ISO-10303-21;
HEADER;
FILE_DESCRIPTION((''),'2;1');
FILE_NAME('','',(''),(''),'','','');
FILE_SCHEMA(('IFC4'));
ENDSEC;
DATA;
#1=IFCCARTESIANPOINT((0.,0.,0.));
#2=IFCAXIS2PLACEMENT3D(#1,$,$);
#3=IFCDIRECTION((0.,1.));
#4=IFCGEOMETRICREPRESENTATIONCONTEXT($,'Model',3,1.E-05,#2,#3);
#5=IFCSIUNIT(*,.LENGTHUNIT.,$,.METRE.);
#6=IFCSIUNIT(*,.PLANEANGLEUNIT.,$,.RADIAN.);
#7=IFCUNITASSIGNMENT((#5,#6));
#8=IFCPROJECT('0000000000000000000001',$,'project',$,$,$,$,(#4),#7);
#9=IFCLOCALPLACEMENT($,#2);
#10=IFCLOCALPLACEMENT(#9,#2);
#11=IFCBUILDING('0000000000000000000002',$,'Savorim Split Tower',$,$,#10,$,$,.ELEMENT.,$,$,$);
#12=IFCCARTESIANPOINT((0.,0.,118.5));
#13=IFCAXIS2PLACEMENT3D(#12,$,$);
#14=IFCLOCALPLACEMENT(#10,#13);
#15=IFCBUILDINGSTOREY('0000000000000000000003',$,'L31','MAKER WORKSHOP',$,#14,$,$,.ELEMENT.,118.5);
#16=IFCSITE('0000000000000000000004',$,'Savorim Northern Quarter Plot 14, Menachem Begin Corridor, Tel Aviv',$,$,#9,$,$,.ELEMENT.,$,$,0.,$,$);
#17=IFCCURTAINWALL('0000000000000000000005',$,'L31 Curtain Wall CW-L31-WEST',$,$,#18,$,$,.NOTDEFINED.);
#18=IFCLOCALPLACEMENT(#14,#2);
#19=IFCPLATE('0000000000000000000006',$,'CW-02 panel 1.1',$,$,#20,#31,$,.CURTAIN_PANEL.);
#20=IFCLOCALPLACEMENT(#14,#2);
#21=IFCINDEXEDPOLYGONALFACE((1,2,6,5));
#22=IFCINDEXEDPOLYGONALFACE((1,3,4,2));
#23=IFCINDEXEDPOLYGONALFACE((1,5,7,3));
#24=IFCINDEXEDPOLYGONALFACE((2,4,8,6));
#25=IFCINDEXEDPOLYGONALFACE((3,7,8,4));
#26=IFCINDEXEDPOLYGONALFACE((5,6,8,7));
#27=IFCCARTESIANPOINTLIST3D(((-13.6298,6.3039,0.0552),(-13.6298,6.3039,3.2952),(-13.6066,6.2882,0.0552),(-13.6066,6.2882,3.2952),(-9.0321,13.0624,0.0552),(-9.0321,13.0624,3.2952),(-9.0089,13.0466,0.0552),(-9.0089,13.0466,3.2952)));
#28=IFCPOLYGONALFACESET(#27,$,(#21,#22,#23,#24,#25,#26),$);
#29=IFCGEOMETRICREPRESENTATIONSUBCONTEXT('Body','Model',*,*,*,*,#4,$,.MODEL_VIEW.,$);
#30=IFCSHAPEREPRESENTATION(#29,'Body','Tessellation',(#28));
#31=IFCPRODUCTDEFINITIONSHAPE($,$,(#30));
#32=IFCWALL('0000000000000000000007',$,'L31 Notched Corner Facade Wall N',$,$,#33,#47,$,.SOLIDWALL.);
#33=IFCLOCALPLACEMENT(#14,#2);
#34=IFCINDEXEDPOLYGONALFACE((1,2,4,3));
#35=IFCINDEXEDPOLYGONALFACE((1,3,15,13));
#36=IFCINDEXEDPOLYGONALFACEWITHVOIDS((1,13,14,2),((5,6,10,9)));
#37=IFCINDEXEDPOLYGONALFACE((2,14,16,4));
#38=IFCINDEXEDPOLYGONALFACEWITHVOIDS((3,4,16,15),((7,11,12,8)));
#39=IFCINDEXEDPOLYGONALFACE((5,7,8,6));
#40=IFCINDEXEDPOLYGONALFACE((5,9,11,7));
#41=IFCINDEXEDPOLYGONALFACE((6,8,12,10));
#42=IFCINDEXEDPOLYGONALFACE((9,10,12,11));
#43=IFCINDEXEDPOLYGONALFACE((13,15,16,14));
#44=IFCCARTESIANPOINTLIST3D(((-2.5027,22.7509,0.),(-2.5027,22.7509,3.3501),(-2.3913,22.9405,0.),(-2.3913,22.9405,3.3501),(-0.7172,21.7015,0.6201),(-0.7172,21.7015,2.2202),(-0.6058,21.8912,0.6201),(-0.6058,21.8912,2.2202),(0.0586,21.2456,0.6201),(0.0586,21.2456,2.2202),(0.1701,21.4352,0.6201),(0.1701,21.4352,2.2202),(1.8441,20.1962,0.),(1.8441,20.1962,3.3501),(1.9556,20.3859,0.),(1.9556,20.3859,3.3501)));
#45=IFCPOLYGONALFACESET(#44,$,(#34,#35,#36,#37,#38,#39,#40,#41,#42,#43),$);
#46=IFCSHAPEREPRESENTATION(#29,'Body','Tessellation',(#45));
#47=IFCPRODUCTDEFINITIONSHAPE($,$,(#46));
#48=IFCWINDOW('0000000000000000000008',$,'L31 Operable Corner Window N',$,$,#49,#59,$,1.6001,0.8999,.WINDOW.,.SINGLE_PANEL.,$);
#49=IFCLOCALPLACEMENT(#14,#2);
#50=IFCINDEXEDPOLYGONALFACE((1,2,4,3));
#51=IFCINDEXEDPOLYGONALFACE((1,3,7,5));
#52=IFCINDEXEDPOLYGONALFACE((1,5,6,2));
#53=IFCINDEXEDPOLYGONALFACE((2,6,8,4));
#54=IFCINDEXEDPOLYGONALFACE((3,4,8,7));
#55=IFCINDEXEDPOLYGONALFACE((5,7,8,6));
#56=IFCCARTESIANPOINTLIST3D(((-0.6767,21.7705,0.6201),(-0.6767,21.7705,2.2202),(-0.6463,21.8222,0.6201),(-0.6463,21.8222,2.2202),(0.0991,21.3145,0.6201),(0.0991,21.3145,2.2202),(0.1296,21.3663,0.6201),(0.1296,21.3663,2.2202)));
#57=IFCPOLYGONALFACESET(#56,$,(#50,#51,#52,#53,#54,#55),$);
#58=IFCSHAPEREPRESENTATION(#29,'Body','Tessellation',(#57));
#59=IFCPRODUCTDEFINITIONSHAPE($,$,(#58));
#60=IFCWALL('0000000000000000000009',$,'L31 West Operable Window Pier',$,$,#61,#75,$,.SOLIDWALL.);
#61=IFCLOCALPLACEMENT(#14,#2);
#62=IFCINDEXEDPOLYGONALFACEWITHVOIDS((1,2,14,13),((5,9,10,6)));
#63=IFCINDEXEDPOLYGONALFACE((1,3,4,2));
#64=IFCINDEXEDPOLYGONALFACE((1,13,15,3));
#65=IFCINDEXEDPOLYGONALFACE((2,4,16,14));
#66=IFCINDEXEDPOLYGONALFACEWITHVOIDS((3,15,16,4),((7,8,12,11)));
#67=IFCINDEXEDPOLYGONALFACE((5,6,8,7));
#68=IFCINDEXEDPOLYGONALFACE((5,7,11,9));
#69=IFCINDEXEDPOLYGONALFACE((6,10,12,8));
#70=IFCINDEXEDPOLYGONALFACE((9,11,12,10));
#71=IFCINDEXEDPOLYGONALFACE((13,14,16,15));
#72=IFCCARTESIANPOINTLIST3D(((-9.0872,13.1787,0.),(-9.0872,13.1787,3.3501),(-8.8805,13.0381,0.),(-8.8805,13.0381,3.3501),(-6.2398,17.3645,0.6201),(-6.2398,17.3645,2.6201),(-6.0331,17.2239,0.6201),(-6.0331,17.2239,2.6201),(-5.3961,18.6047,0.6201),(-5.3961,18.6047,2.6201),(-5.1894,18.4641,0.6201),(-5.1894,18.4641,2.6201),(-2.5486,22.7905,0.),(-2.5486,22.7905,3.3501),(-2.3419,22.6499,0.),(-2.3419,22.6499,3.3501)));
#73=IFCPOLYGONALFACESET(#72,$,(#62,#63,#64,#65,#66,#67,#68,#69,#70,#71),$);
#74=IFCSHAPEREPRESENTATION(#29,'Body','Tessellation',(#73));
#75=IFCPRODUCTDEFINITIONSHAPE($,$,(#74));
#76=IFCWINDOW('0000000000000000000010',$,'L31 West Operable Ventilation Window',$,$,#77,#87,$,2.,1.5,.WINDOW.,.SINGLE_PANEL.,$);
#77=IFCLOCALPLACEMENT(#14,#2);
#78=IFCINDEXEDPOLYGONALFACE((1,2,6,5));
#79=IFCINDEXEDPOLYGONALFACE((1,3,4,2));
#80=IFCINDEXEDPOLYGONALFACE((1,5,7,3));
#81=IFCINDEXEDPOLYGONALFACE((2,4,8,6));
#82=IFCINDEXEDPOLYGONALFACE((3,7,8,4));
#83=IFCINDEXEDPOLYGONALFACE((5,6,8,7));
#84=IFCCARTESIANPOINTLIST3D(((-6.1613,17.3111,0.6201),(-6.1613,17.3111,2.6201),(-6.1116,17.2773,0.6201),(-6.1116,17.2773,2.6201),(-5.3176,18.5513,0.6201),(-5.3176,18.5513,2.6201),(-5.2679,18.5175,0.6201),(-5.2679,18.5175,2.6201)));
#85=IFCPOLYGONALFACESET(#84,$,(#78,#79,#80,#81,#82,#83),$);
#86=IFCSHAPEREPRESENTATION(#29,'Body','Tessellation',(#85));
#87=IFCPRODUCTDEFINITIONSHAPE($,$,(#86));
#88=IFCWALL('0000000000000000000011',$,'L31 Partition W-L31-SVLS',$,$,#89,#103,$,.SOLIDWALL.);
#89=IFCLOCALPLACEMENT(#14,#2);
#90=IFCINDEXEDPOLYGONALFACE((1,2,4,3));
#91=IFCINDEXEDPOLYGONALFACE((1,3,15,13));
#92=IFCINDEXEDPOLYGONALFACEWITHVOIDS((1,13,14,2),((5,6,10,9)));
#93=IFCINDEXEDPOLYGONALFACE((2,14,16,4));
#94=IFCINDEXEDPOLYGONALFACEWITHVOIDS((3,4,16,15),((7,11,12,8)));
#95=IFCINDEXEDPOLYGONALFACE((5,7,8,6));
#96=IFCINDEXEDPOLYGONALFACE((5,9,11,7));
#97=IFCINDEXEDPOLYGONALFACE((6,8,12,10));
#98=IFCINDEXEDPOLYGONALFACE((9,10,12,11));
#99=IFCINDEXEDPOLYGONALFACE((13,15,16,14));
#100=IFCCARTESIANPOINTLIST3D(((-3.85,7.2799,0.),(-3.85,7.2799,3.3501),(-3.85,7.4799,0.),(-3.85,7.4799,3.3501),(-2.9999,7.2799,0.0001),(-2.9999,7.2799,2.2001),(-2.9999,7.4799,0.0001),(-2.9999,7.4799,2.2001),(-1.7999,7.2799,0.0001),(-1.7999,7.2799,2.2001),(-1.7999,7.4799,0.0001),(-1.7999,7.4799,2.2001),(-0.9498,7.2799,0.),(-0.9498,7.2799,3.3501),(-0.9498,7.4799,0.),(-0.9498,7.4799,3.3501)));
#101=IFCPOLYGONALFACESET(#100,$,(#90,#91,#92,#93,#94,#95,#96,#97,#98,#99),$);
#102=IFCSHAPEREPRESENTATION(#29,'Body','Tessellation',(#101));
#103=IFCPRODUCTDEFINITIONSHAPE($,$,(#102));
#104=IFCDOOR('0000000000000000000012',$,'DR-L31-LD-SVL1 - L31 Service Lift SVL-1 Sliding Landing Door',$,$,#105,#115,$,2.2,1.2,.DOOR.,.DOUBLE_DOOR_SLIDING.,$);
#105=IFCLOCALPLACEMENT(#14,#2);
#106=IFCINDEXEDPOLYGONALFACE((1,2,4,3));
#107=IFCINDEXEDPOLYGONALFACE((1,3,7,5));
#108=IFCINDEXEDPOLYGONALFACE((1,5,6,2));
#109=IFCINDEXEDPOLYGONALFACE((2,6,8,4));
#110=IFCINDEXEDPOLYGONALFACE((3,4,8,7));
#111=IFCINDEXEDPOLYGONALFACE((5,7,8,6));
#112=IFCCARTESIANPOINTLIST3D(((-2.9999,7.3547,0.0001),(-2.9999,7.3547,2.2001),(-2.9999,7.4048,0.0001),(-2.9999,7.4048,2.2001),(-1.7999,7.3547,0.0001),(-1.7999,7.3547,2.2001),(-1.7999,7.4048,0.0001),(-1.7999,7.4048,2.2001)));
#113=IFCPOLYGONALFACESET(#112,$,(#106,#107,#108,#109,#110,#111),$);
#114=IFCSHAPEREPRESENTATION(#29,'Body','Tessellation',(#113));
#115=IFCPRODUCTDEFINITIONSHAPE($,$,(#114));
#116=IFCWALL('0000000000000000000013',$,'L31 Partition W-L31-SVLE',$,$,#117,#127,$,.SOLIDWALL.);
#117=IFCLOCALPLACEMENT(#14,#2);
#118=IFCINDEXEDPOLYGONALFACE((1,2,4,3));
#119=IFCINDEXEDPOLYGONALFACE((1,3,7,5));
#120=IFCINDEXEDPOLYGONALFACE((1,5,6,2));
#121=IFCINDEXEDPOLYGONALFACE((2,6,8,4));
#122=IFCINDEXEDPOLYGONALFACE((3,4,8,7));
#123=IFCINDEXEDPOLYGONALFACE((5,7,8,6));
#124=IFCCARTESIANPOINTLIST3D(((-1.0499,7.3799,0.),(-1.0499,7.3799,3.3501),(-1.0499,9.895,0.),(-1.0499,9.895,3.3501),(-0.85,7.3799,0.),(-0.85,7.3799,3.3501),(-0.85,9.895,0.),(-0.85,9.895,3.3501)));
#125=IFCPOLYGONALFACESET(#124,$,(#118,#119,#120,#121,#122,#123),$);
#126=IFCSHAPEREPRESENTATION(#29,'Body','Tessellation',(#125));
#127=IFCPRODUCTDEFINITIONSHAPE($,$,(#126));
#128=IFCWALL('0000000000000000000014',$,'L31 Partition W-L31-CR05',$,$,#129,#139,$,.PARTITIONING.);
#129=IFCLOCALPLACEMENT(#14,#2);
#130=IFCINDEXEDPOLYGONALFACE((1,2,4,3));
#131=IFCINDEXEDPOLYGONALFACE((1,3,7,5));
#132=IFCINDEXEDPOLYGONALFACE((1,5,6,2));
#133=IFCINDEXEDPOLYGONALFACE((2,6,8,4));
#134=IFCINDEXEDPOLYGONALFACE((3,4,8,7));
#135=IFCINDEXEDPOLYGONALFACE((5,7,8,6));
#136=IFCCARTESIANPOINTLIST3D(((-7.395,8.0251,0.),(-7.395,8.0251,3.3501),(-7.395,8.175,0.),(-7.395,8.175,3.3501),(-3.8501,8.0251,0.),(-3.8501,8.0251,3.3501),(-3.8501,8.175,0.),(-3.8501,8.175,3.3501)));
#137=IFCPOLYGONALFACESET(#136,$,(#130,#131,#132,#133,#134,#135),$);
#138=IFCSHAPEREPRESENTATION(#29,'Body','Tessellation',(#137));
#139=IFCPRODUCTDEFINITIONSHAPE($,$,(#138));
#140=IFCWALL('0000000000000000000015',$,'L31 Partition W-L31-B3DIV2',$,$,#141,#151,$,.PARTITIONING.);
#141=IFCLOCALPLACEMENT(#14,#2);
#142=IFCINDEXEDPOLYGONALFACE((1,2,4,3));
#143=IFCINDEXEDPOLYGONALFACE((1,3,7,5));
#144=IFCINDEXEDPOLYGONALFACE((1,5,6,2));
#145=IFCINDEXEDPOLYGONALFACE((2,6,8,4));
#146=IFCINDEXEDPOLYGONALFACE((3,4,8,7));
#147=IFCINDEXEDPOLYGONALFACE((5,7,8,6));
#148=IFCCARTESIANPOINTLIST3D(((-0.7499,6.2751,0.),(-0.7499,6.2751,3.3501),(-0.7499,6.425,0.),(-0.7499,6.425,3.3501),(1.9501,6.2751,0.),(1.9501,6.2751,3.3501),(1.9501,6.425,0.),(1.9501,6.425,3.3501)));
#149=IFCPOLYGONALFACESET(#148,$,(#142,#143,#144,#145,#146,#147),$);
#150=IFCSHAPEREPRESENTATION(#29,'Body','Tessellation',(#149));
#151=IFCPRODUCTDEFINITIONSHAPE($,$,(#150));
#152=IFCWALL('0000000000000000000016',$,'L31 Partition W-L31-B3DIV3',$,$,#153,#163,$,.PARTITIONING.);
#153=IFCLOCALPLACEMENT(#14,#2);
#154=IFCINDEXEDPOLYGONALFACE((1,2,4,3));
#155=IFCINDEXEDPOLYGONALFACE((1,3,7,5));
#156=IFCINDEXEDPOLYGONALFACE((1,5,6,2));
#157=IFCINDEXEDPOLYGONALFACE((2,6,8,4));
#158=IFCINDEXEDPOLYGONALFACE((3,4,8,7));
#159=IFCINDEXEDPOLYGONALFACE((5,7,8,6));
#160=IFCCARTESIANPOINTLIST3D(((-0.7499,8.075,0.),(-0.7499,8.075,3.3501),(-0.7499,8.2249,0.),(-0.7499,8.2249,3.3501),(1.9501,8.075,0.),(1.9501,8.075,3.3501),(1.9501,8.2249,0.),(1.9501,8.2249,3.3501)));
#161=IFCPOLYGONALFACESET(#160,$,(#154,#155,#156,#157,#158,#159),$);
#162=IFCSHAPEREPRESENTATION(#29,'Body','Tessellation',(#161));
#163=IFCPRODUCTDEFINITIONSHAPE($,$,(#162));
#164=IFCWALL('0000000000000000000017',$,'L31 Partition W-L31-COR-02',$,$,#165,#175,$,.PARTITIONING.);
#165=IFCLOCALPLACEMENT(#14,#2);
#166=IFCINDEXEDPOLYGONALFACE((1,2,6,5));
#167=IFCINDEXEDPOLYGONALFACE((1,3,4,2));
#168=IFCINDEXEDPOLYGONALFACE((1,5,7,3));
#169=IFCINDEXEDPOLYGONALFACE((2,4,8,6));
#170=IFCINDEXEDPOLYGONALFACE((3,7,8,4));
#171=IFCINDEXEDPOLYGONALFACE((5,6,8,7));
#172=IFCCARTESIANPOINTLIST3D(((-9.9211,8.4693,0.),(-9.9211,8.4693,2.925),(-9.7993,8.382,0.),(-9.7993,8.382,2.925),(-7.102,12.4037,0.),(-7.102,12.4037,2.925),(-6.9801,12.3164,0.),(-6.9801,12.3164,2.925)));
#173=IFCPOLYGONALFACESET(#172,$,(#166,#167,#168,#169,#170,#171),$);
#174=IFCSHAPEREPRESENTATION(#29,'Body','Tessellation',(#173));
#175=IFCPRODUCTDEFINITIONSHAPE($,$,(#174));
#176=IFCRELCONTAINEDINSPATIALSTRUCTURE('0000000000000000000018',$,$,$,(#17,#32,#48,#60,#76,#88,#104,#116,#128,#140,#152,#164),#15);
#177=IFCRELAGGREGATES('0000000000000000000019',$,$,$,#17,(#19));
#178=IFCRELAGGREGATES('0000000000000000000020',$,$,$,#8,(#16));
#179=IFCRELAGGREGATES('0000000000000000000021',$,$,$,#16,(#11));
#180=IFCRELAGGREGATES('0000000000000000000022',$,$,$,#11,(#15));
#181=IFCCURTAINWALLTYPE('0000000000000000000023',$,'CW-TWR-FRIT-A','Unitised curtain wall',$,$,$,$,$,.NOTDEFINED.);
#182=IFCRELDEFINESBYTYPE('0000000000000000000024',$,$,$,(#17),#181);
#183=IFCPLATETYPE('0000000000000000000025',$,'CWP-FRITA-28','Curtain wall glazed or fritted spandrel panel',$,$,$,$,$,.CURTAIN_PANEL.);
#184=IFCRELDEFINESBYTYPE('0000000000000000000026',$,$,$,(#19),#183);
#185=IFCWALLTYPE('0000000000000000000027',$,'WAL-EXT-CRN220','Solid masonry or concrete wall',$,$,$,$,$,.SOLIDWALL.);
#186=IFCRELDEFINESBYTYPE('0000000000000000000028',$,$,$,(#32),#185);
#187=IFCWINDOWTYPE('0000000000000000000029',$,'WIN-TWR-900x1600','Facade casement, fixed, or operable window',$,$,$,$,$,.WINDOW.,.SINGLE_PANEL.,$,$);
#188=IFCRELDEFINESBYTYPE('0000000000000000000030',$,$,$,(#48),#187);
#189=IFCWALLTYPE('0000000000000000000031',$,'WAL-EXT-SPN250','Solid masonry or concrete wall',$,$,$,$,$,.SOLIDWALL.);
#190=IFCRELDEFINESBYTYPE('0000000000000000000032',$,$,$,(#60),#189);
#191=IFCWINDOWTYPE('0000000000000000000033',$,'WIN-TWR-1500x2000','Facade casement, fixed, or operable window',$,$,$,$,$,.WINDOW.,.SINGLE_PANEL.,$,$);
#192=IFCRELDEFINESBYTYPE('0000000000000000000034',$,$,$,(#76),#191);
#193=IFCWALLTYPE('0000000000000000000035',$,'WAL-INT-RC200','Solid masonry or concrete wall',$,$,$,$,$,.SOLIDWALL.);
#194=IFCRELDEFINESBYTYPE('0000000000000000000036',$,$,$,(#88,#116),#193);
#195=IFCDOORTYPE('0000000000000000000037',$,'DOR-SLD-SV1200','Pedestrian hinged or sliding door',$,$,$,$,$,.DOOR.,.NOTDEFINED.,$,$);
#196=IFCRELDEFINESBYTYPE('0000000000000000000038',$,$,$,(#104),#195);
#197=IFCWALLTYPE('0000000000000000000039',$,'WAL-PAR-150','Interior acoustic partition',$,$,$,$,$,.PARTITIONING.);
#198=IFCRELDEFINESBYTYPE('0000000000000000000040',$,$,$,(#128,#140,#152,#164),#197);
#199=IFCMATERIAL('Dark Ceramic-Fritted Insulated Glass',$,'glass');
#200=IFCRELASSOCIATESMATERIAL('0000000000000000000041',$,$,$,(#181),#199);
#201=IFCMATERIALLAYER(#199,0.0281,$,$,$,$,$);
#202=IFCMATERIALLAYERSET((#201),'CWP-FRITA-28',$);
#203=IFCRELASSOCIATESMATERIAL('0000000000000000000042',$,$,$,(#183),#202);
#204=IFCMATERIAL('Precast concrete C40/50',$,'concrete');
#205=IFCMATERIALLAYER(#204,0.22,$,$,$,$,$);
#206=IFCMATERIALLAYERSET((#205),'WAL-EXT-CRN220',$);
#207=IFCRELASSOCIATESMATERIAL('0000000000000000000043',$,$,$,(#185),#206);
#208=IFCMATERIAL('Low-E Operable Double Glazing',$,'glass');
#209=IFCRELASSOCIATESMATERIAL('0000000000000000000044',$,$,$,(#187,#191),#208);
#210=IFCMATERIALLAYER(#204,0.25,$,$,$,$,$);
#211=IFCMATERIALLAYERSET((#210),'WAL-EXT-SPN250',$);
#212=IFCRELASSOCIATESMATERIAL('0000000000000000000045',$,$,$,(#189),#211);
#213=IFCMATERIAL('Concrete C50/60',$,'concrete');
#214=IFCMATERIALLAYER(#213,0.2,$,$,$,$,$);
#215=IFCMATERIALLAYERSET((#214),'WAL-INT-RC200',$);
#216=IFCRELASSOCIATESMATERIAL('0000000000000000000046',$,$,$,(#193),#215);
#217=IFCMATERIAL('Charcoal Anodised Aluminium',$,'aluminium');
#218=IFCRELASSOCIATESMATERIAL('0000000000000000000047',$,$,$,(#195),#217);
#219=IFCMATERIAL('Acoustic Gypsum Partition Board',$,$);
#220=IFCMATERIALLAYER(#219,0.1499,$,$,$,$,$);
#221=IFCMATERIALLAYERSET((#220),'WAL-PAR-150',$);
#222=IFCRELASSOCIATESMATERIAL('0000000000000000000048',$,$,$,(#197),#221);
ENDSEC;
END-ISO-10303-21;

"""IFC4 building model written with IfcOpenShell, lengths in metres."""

from ifc_helpers import new_model, si_unit, direction, frame, frame_2d, origin, origin_2d, place, context, subcontext, project, spatial, rectangle, extrude, material, layer, layer_set, type_object, element, fill, aggregate, save


model = new_model("IFC4")

# Units and contexts
model_context = context("Model", 3, precision=1e-05, world=origin(), true_north=direction((0.0, 1.0)))
body_context = subcontext(model_context, "Body", "Model", "MODEL_VIEW")
ifc_project = project(units=[si_unit("LENGTHUNIT", "METRE"), si_unit("PLANEANGLEUNIT", "RADIAN")], contexts=[model_context])

# Site, building, storey
site_placement = place(None, origin())
site = spatial("IfcSite", under=ifc_project, at=site_placement, Name="Savorim Northern Quarter Plot 14, Menachem Begin Corridor, Tel Aviv", CompositionType="ELEMENT", RefElevation=0.0)
building_placement = place(site_placement, origin())
building = spatial("IfcBuilding", under=site, at=building_placement, Name="Savorim Split Tower", CompositionType="ELEMENT")
storey_placement = place(building_placement, frame((0.0, 0.0, 118.5)))
storey = spatial("IfcBuildingStorey", under=building, at=storey_placement, Name="L31", Description="MAKER WORKSHOP", CompositionType="ELEMENT", Elevation=118.5)

# Curtain wall, plate
ifc_material_1 = material(Name="Dark Ceramic-Fritted Insulated Glass", Category="glass")
curtain_wall_type = type_object("IfcCurtainWallType", Name="CW-TWR-FRIT-A", Description="Unitised curtain wall", PredefinedType="NOTDEFINED", material=ifc_material_1)
curtain_wall_placement = place(storey_placement, origin())
curtain_wall = element("IfcCurtainWall", 1, at=curtain_wall_placement, inside=storey, type_object=curtain_wall_type, Name="L31 Curtain Wall CW-L31-WEST", PredefinedType="NOTDEFINED")
ifc_material_2 = material(Name="Charcoal Anodised Aluminium", Category="aluminium")
ifc_layer_1 = layer(ifc_material_1, 0.0281)
ifc_layer_set_1 = layer_set([ifc_layer_1], Name="CWP-FRITA-28")
plate_type = type_object("IfcPlateType", Name="CWP-FRITA-28", Description="Curtain wall glazed or fritted spandrel panel", PredefinedType="CURTAIN_PANEL", material=ifc_layer_set_1)
plate_placement = place(storey_placement, frame((-11.3193, 9.6753, 0.0552), z_axis=(0.0, 0.0, 1.0), x_axis=(-0.562467, -0.82682, 0.0)))
plate = element("IfcPlate", 2, at=plate_placement, type_object=plate_type, Name="CW-02 panel 1.1", PredefinedType="CURTAIN_PANEL", context=body_context, shape_type="SweptSolid", body=[
    extrude(rectangle(XDim=8.1741, YDim=0.0281, at=origin_2d()), origin(), (0.0, 0.0, 1.0), 3.24),
])
aggregate(curtain_wall, [plate])

# Walls, openings, windows
ifc_material_3 = material(Name="Precast concrete C40/50", Category="concrete")
ifc_layer_2 = layer(ifc_material_3, 0.22)
ifc_layer_set_2 = layer_set([ifc_layer_2], Name="WAL-EXT-CRN220")
wall_type_1 = type_object("IfcWallType", Name="WAL-EXT-CRN220", Description="Solid masonry or concrete wall", PredefinedType="SOLIDWALL", material=ifc_layer_set_2)
wall_1_placement = place(storey_placement, frame((-2.447, 22.8457, 0.0), z_axis=(0.0, 0.0, 1.0), x_axis=(0.862136, -0.506677, 0.0)))
wall_1 = element("IfcWall", 3, at=wall_1_placement, inside=storey, type_object=wall_type_1, Name="L31 Notched Corner Facade Wall N", PredefinedType="SOLIDWALL", context=body_context, shape_type="SweptSolid", body=[
    extrude(rectangle(XDim=5.042, YDim=0.22, at=frame_2d((2.521, 0.0))), origin(), (0.0, 0.0, 1.0), 3.3501),
])
opening_1_placement = place(wall_1_placement, frame((2.071, 0.0, 0.6201)))
opening_1 = element("IfcOpeningElement", 4, at=opening_1_placement, cuts=wall_1, PredefinedType="OPENING", context=body_context, shape_type="SweptSolid", body=[
    extrude(rectangle(XDim=0.8999, YDim=1.6001, at=frame_2d((0.45, 0.8))), frame((0.0, 0.1199, 0.0), z_axis=(0.0, -1.0, 0.0), x_axis=(1.0, 0.0, 0.0)), (0.0, 0.0, 1.0), 0.24),
])
ifc_material_4 = material(Name="Low-E Operable Double Glazing", Category="glass")
window_type_1 = type_object("IfcWindowType", Name="WIN-TWR-900x1600", Description="Facade casement, fixed, or operable window", PartitioningType="SINGLE_PANEL", PredefinedType="WINDOW", material=ifc_material_4)
window_1_placement = place(opening_1_placement, origin())
window_1 = element("IfcWindow", 5, at=window_1_placement, inside=storey, type_object=window_type_1, Name="L31 Operable Corner Window N", OverallHeight=1.6001, OverallWidth=0.8999, PartitioningType="SINGLE_PANEL", PredefinedType="WINDOW", context=body_context, shape_type="SweptSolid", body=[
    extrude(rectangle(XDim=0.8999, YDim=1.6001, at=frame_2d((0.45, 0.8))), frame((0.0, 0.03, 0.0), z_axis=(0.0, -1.0, 0.0), x_axis=(1.0, 0.0, 0.0)), (0.0, 0.0, 1.0), 0.0601),
])
fill(opening_1, window_1)
ifc_layer_3 = layer(ifc_material_3, 0.25)
ifc_layer_set_3 = layer_set([ifc_layer_3], Name="WAL-EXT-SPN250")
wall_type_2 = type_object("IfcWallType", Name="WAL-EXT-SPN250", Description="Solid masonry or concrete wall", PredefinedType="SOLIDWALL", material=ifc_layer_set_3)
wall_2_placement = place(storey_placement, frame((-8.9839, 13.1084, 0.0), z_axis=(0.0, 0.0, 1.0), x_axis=(0.562459, 0.826825, 0.0)))
wall_2 = element("IfcWall", 6, at=wall_2_placement, inside=storey, type_object=wall_type_2, Name="L31 West Operable Window Pier", PredefinedType="SOLIDWALL", context=body_context, shape_type="SweptSolid", body=[
    extrude(rectangle(XDim=11.625, YDim=0.25, at=frame_2d((5.8125, 0.0))), origin(), (0.0, 0.0, 1.0), 3.3501),
])
opening_2_placement = place(wall_2_placement, frame((5.0625, 0.0, 0.6201)))
opening_2 = element("IfcOpeningElement", 7, at=opening_2_placement, cuts=wall_2, PredefinedType="OPENING", context=body_context, shape_type="SweptSolid", body=[
    extrude(rectangle(XDim=1.5, YDim=2.0, at=frame_2d((0.75, 1.0))), frame((0.0, 0.135, 0.0), z_axis=(0.0, -1.0, 0.0), x_axis=(1.0, 0.0, 0.0)), (0.0, 0.0, 1.0), 0.27),
])
window_type_2 = type_object("IfcWindowType", Name="WIN-TWR-1500x2000", Description="Facade casement, fixed, or operable window", PartitioningType="SINGLE_PANEL", PredefinedType="WINDOW", material=ifc_material_4)
window_2_placement = place(opening_2_placement, origin())
window_2 = element("IfcWindow", 8, at=window_2_placement, inside=storey, type_object=window_type_2, Name="L31 West Operable Ventilation Window", OverallHeight=2.0, OverallWidth=1.5, PartitioningType="SINGLE_PANEL", PredefinedType="WINDOW", context=body_context, shape_type="SweptSolid", body=[
    extrude(rectangle(XDim=1.5, YDim=2.0, at=frame_2d((0.75, 1.0))), frame((0.0, 0.03, 0.0), z_axis=(0.0, -1.0, 0.0), x_axis=(1.0, 0.0, 0.0)), (0.0, 0.0, 1.0), 0.0601),
])
fill(opening_2, window_2)

# Wall, opening, door
ifc_material_5 = material(Name="Concrete C50/60", Category="concrete")
ifc_layer_4 = layer(ifc_material_5, 0.2)
ifc_layer_set_4 = layer_set([ifc_layer_4], Name="WAL-INT-RC200")
wall_type_3 = type_object("IfcWallType", Name="WAL-INT-RC200", Description="Solid masonry or concrete wall", PredefinedType="SOLIDWALL", material=ifc_layer_set_4)
wall_3_placement = place(storey_placement, frame((-3.8501, 7.3799, 0.0), z_axis=(0.0, 0.0, 1.0), x_axis=(1.0, 0.0, 0.0)))
wall_3 = element("IfcWall", 9, at=wall_3_placement, inside=storey, type_object=wall_type_3, Name="L31 Partition W-L31-SVLS", PredefinedType="SOLIDWALL", context=body_context, shape_type="SweptSolid", body=[
    extrude(rectangle(XDim=2.9001, YDim=0.2, at=frame_2d((1.4502, 0.0))), origin(), (0.0, 0.0, 1.0), 3.3501),
])
opening_3_placement = place(wall_3_placement, frame((0.8501, 0.0, 0.0)))
opening_3 = element("IfcOpeningElement", 10, at=opening_3_placement, cuts=wall_3, PredefinedType="OPENING", context=body_context, shape_type="SweptSolid", body=[
    extrude(rectangle(XDim=1.2, YDim=2.2, at=frame_2d((0.6001, 1.1001))), frame((0.0, 0.1099, 0.0), z_axis=(0.0, -1.0, 0.0), x_axis=(1.0, 0.0, 0.0)), (0.0, 0.0, 1.0), 0.22),
])
door_type_1 = type_object("IfcDoorType", Name="DOR-SLD-SV1200", Description="Pedestrian hinged or sliding door", OperationType="NOTDEFINED", PredefinedType="DOOR", material=ifc_material_2)
door_1_placement = place(opening_3_placement, origin())
door_1 = element("IfcDoor", 11, at=door_1_placement, inside=storey, type_object=door_type_1, Name="DR-L31-LD-SVL1 - L31 Service Lift SVL-1 Sliding Landing Door", OperationType="DOUBLE_DOOR_SLIDING", OverallHeight=2.2, OverallWidth=1.2, PredefinedType="DOOR", context=body_context, shape_type="SweptSolid", body=[
    extrude(rectangle(XDim=1.2, YDim=2.2, at=frame_2d((0.6001, 1.1001))), frame((0.0, 0.0249, 0.0), z_axis=(0.0, -1.0, 0.0), x_axis=(1.0, 0.0, 0.0)), (0.0, 0.0, 1.0), 0.05),
])
fill(opening_3, door_1)

# Walls
wall_4_placement = place(storey_placement, frame((-0.95, 7.3799, 0.0), z_axis=(0.0, 0.0, 1.0), x_axis=(0.0, 1.0, 0.0)))
element("IfcWall", 12, at=wall_4_placement, inside=storey, type_object=wall_type_3, Name="L31 Partition W-L31-SVLE", PredefinedType="SOLIDWALL", context=body_context, shape_type="SweptSolid", body=[
    extrude(rectangle(XDim=2.5151, YDim=0.2, at=frame_2d((1.2576, 0.0))), origin(), (0.0, 0.0, 1.0), 3.3501),
])
ifc_material_6 = material(Name="Acoustic Gypsum Partition Board")
ifc_layer_5 = layer(ifc_material_6, 0.1499)
ifc_layer_set_5 = layer_set([ifc_layer_5], Name="WAL-PAR-150")
wall_type_4 = type_object("IfcWallType", Name="WAL-PAR-150", Description="Interior acoustic partition", PredefinedType="PARTITIONING", material=ifc_layer_set_5)
wall_5_placement = place(storey_placement, frame((-7.395, 8.1001, 0.0), z_axis=(0.0, 0.0, 1.0), x_axis=(1.0, 0.0, 0.0)))
element("IfcWall", 13, at=wall_5_placement, inside=storey, type_object=wall_type_4, Name="L31 Partition W-L31-CR05", PredefinedType="PARTITIONING", context=body_context, shape_type="SweptSolid", body=[
    extrude(rectangle(XDim=3.5449, YDim=0.1499, at=frame_2d((1.7725, 0.0))), origin(), (0.0, 0.0, 1.0), 3.3501),
])
for number, where, z_axis, x_axis, name in (
    (14, (-0.75, 6.3501, 0.0), (0.0, 0.0, 1.0), (1.0, 0.0, 0.0), "L31 Partition W-L31-B3DIV2"),
    (15, (-0.75, 8.1499, 0.0), (0.0, 0.0, 1.0), (1.0, 0.0, 0.0), "L31 Partition W-L31-B3DIV3"),
):
    element("IfcWall", number, at=place(storey_placement, frame(where, z_axis=z_axis, x_axis=x_axis)), inside=storey, type_object=wall_type_4, Name=name, PredefinedType="PARTITIONING", context=body_context, shape_type="SweptSolid", body=[
        extrude(rectangle(XDim=2.7, YDim=0.1499, at=frame_2d((1.3501, 0.0))), origin(), (0.0, 0.0, 1.0), 3.3501),
    ])
wall_6_placement = place(storey_placement, frame((-9.8601, 8.4258, 0.0), z_axis=(0.0, 0.0, 1.0), x_axis=(0.58245, 0.812867, 0.0)))
element("IfcWall", 16, at=wall_6_placement, inside=storey, type_object=wall_type_4, Name="L31 Partition W-L31-COR-02", PredefinedType="PARTITIONING", context=body_context, shape_type="SweptSolid", body=[
    extrude(rectangle(XDim=4.8401, YDim=0.1499, at=frame_2d((2.4199, 0.0))), origin(), (0.0, 0.0, 1.0), 2.925),
])

save(model, "model.ifc")
